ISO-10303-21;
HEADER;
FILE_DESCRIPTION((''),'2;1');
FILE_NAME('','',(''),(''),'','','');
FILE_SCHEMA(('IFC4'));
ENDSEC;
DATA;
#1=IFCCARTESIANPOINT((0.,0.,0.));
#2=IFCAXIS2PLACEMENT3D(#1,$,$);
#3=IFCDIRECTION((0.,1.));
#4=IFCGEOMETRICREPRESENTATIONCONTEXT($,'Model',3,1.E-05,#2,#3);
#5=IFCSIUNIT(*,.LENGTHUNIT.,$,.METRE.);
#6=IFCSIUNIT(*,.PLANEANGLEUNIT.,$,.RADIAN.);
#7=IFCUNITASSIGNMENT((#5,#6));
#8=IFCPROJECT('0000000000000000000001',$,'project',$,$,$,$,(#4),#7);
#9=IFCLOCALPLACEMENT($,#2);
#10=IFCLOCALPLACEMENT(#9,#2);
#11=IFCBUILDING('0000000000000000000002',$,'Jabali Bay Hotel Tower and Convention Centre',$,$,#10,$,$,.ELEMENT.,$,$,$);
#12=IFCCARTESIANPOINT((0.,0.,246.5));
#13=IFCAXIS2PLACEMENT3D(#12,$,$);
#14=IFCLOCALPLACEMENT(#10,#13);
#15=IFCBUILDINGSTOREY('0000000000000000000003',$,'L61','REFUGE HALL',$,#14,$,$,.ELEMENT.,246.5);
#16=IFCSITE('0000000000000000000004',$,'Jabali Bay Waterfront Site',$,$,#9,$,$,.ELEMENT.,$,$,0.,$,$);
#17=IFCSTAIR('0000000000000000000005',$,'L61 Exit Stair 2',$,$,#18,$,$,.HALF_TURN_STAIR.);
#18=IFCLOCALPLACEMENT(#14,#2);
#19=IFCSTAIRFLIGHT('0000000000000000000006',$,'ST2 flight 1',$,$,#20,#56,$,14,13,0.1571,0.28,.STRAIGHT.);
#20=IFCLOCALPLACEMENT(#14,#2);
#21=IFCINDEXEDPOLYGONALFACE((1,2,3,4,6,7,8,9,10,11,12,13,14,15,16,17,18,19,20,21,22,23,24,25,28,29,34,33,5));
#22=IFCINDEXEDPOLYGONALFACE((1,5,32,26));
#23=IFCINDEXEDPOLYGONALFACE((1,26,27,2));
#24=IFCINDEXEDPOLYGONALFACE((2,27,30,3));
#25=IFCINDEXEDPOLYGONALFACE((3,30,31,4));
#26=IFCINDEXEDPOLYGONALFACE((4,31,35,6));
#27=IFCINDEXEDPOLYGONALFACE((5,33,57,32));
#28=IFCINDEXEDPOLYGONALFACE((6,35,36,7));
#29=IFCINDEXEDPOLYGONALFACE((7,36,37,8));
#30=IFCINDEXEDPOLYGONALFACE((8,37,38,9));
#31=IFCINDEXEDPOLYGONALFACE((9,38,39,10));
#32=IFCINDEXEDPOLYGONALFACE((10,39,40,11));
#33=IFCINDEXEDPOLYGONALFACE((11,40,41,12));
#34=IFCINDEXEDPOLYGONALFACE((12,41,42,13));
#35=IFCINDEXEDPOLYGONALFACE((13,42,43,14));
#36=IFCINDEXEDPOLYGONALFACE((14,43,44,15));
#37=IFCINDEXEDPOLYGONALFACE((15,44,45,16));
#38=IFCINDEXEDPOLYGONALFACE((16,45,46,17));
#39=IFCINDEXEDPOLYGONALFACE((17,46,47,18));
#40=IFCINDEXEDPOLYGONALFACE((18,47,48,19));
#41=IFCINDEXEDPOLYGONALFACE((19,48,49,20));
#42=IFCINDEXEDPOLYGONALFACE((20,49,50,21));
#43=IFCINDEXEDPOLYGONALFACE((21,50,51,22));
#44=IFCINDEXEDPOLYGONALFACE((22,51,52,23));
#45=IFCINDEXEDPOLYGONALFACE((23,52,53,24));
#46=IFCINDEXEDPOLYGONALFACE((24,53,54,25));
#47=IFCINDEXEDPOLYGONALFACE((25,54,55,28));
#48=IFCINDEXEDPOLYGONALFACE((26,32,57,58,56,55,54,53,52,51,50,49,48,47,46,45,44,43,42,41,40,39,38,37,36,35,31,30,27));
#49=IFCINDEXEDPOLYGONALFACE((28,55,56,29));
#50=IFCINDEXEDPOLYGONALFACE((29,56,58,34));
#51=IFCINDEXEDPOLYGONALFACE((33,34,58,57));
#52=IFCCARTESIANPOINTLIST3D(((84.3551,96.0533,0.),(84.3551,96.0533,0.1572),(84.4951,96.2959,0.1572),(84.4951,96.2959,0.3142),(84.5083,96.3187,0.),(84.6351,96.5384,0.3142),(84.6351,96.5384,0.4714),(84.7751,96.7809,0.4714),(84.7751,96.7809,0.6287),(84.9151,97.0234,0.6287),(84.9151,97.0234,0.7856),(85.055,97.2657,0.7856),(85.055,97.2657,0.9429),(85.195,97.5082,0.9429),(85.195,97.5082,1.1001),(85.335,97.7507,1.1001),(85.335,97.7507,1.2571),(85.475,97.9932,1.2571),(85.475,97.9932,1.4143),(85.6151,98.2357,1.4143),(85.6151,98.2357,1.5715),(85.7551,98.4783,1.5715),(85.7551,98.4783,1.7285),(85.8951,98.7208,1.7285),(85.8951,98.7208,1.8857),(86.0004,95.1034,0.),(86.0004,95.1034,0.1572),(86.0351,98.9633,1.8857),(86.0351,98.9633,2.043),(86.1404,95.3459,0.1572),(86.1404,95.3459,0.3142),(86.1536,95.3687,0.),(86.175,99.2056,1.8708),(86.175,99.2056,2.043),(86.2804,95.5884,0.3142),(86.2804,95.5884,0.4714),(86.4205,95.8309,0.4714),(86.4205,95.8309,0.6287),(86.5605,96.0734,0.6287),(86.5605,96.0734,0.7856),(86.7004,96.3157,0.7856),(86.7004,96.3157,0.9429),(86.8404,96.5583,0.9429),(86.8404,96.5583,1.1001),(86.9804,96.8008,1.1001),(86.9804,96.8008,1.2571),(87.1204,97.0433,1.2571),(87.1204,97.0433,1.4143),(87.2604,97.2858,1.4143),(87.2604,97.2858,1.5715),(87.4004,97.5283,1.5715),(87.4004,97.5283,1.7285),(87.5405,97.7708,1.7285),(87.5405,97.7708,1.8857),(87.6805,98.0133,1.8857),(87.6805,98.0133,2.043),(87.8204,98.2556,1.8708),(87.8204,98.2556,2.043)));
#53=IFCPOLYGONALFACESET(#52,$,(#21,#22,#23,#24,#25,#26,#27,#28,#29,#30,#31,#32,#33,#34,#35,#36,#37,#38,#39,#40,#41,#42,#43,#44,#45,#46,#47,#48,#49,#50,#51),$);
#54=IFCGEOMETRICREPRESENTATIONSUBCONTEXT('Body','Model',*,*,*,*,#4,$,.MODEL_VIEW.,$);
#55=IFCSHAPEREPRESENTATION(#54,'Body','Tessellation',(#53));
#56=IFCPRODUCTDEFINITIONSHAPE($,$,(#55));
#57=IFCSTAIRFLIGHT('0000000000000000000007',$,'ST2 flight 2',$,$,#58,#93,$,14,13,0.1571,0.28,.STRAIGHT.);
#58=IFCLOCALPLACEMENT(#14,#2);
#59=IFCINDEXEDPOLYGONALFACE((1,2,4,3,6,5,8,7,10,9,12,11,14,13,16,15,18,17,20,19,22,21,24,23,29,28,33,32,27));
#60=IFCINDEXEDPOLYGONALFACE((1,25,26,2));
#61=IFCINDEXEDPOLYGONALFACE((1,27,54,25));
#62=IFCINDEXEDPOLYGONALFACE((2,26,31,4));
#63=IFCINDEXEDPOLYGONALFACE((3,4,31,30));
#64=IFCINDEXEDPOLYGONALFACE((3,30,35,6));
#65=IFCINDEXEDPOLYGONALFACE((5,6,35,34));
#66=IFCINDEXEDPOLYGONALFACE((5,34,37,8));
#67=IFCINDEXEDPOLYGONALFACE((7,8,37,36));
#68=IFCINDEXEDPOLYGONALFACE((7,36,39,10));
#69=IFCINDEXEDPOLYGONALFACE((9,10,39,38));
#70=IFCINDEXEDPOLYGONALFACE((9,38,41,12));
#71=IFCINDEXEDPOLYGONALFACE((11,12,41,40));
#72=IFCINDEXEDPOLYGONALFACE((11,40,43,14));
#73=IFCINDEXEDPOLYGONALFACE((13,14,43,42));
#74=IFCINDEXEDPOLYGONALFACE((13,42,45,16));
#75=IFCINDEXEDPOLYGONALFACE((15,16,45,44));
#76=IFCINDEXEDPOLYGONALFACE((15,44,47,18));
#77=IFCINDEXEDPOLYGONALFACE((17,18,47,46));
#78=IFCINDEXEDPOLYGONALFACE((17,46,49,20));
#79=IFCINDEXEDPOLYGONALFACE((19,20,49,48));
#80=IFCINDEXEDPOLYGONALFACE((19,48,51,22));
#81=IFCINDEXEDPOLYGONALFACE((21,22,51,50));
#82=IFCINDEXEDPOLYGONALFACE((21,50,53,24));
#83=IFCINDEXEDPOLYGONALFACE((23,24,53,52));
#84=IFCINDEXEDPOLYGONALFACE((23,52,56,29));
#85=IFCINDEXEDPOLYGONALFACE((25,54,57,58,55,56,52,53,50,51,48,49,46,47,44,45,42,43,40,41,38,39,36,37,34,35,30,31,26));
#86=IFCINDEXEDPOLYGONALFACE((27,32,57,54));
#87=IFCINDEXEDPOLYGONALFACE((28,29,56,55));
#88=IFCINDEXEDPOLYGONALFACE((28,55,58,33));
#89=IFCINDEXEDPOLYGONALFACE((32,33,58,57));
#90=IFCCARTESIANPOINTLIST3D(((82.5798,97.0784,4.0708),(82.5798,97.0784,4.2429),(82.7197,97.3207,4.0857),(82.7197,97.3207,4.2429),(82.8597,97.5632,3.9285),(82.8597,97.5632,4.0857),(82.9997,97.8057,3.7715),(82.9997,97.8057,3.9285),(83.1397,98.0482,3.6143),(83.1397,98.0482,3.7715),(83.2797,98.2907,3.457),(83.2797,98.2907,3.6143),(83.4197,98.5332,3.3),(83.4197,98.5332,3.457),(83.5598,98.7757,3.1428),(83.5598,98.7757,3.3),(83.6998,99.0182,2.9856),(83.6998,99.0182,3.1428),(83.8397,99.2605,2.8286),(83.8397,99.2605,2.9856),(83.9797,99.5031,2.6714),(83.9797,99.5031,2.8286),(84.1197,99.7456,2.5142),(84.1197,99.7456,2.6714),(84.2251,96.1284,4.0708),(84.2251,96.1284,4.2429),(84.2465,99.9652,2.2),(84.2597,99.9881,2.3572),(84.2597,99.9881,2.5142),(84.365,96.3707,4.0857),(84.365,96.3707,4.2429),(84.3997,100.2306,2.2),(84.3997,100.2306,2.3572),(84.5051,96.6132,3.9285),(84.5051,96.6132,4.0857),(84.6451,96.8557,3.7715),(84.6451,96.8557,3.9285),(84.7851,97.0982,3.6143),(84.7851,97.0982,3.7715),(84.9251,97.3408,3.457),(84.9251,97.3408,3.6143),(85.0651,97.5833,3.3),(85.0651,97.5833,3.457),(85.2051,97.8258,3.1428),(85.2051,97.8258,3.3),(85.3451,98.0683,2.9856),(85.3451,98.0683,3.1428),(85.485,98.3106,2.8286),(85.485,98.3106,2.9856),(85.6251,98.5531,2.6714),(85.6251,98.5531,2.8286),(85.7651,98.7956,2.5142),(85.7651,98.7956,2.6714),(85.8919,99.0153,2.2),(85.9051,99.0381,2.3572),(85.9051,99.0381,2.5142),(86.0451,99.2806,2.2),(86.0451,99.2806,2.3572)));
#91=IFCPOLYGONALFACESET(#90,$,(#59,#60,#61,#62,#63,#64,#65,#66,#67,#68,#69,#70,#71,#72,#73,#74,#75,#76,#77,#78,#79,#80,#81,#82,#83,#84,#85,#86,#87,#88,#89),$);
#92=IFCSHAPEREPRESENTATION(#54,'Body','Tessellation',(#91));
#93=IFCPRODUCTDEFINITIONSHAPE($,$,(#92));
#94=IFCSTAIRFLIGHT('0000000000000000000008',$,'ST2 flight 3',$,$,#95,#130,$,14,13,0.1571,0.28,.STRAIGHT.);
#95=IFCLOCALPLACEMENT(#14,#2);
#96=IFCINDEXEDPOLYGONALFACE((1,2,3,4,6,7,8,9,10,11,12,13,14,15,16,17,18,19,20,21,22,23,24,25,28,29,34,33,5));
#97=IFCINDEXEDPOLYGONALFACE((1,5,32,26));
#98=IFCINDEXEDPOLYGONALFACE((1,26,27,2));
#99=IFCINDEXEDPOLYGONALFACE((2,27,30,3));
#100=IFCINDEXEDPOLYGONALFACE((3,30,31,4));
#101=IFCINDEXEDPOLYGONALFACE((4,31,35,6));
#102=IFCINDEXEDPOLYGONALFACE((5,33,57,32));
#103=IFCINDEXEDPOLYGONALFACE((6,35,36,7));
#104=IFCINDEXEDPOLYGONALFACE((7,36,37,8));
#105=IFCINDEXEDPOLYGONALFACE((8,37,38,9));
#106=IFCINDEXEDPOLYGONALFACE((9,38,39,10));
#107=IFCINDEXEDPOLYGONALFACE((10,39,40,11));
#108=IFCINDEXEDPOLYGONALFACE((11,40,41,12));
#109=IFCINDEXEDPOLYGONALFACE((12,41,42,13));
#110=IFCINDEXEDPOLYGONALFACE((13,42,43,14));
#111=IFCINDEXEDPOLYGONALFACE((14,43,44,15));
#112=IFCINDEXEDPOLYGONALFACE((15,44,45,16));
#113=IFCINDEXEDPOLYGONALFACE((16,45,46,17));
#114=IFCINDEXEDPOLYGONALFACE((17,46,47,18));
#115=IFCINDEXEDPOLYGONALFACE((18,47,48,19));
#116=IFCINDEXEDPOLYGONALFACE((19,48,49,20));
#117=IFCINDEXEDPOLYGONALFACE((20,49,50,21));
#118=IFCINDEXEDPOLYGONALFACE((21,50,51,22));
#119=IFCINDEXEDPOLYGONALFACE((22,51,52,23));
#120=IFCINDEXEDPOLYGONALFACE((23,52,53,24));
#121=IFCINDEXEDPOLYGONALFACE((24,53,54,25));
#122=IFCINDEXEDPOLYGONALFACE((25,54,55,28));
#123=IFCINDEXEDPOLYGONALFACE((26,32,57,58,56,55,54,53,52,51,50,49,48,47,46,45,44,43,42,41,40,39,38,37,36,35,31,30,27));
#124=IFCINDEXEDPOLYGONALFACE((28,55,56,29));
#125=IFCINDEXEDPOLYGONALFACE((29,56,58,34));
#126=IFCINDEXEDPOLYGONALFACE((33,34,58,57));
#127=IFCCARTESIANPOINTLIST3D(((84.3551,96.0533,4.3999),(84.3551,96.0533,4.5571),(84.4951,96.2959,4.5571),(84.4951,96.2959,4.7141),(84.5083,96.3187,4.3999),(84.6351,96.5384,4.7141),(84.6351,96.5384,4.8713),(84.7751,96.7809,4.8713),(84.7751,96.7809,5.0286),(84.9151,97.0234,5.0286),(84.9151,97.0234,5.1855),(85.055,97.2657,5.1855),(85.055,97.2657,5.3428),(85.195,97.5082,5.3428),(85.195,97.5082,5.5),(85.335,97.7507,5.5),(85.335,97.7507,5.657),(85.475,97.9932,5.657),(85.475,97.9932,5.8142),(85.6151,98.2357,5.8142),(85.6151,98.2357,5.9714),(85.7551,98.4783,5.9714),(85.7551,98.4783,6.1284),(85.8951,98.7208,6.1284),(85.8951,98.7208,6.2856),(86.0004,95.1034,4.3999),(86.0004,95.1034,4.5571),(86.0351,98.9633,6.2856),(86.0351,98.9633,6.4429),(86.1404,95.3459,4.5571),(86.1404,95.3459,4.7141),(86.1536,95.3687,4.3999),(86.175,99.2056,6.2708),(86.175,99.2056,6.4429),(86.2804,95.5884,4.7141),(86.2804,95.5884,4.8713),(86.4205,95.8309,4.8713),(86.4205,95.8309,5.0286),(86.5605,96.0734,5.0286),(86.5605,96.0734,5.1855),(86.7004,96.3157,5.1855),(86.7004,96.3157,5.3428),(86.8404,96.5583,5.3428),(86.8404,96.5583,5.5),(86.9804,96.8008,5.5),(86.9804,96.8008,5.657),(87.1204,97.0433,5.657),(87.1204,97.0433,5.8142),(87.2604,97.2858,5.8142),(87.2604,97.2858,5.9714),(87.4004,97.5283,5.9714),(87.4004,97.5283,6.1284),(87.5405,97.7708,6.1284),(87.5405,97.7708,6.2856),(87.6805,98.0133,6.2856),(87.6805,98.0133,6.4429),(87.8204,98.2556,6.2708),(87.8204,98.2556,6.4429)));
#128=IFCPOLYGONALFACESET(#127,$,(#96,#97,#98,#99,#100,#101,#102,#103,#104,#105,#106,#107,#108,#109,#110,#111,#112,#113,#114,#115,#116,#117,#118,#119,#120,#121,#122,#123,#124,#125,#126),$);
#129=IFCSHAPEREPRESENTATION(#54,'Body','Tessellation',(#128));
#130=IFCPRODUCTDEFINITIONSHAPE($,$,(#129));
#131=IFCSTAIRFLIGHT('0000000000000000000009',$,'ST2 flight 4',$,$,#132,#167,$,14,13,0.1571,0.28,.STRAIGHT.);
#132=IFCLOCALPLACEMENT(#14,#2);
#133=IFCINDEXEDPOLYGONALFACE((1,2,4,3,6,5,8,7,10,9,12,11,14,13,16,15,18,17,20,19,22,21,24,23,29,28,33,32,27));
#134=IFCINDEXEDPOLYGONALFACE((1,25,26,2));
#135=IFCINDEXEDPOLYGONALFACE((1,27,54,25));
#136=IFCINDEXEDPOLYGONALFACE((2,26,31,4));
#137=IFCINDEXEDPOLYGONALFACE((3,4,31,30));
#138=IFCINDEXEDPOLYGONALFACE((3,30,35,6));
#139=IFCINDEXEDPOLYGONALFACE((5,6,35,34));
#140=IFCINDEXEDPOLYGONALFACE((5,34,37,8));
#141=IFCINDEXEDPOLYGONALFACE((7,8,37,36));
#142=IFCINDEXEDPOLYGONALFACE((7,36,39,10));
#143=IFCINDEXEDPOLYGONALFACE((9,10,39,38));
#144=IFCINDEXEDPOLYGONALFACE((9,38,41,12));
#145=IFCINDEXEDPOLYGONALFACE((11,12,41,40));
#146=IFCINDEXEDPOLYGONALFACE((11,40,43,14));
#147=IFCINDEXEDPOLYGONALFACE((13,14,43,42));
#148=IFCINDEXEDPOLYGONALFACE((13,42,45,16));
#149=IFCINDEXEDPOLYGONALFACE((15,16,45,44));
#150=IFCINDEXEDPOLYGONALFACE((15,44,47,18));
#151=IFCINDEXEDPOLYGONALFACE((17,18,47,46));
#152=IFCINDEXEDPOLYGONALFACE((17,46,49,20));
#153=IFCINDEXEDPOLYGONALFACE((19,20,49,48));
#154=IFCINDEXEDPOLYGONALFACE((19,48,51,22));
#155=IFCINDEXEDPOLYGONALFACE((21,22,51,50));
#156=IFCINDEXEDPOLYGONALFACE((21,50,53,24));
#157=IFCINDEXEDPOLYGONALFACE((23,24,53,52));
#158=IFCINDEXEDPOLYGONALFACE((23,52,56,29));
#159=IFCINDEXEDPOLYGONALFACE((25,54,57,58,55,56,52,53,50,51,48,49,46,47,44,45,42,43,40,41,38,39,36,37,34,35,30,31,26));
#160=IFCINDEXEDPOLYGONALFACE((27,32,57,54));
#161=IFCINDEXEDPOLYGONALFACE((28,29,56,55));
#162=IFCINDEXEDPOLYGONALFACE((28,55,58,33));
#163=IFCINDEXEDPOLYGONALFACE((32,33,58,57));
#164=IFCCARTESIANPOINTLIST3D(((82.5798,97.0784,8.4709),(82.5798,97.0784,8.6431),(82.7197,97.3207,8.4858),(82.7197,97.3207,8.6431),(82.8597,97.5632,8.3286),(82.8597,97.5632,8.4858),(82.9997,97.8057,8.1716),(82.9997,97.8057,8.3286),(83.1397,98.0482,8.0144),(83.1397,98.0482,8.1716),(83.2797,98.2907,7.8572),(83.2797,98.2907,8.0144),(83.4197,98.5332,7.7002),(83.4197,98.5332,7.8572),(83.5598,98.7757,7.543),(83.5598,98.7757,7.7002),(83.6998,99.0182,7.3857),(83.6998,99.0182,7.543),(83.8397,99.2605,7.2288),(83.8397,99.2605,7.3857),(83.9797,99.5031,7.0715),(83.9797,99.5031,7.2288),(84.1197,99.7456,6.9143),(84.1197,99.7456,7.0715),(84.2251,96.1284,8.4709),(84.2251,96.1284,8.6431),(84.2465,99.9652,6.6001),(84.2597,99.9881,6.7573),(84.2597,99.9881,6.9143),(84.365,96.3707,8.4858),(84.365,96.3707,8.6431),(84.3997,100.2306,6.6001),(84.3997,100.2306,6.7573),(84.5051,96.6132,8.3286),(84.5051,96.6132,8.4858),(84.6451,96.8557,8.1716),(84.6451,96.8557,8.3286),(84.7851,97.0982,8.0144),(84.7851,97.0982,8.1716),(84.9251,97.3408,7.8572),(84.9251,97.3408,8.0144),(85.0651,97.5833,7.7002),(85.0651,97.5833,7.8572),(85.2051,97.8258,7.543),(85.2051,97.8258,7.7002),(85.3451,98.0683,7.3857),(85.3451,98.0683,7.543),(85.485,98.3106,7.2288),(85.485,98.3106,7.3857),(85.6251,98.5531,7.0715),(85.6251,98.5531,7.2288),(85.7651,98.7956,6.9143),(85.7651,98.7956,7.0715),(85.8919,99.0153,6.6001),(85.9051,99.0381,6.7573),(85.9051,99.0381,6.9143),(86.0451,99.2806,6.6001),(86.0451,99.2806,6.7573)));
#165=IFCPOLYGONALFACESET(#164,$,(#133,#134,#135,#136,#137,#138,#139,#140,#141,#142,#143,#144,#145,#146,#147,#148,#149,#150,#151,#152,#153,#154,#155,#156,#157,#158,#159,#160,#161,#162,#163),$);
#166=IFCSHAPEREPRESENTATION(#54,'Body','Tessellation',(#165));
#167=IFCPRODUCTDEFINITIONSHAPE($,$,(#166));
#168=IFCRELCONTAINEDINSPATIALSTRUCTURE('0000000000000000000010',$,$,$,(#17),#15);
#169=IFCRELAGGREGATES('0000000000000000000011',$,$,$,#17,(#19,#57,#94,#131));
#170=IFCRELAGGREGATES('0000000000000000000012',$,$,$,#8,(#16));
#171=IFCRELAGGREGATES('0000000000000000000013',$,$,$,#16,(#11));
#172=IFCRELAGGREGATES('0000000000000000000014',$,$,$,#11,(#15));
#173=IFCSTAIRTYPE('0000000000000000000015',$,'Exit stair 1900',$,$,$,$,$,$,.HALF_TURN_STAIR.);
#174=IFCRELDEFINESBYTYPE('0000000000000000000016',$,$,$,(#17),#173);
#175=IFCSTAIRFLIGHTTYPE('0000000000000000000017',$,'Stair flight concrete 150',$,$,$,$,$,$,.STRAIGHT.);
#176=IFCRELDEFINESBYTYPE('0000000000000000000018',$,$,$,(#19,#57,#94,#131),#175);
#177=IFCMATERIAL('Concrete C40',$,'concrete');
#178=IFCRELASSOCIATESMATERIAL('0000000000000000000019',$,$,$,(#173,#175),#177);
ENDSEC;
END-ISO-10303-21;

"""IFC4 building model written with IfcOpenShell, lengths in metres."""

from ifc_helpers import new_model, si_unit, direction, frame, origin, place, context, subcontext, project, spatial, polyline, outline, extrude, material, type_object, element, aggregate, save


model = new_model("IFC4")

# Units and contexts
model_context = context("Model", 3, precision=1e-05, world=origin(), true_north=direction((0.0, 1.0)))
body_context = subcontext(model_context, "Body", "Model", "MODEL_VIEW")
ifc_project = project(units=[si_unit("LENGTHUNIT", "METRE"), si_unit("PLANEANGLEUNIT", "RADIAN")], contexts=[model_context])

# Site, building, storey
site_placement = place(None, origin())
site = spatial("IfcSite", under=ifc_project, at=site_placement, Name="Jabali Bay Waterfront Site", CompositionType="ELEMENT", RefElevation=0.0)
building_placement = place(site_placement, origin())
building = spatial("IfcBuilding", under=site, at=building_placement, Name="Jabali Bay Hotel Tower and Convention Centre", CompositionType="ELEMENT")
storey_placement = place(building_placement, frame((0.0, 0.0, 246.5)))
storey = spatial("IfcBuildingStorey", under=building, at=storey_placement, Name="L61", Description="REFUGE HALL", CompositionType="ELEMENT", Elevation=246.5)

# Shared definitions
ifc_material_1 = material(Name="Concrete C40", Category="concrete")

# Stair, stair flights
stair_type = type_object("IfcStairType", Name="Exit stair 1900", PredefinedType="HALF_TURN_STAIR", material=ifc_material_1)
stair_placement = place(storey_placement, origin())
stair = element("IfcStair", 1, at=stair_placement, inside=storey, type_object=stair_type, Name="L61 Exit Stair 2", PredefinedType="HALF_TURN_STAIR")
stair_flight_type = type_object("IfcStairFlightType", Name="Stair flight concrete 150", PredefinedType="STRAIGHT", material=ifc_material_1)
stair_flight_1_placement = place(storey_placement, frame((85.1777, 95.5784, 0.0), z_axis=(0.0, 0.0, 1.0), x_axis=(0.5, 0.866025, 0.0)))
stair_flight_1 = element("IfcStairFlight", 2, at=stair_flight_1_placement, type_object=stair_flight_type, Name="ST2 flight 1", NumberOfRisers=14, NumberOfTreads=13, PredefinedType="STRAIGHT", RiserHeight=0.1571, TreadLength=0.28, context=body_context, shape_type="SweptSolid", body=[
    extrude(outline(polyline([(0.0, 0.0), (0.0, 0.1572), (0.28, 0.1572), (0.28, 0.3142), (0.5601, 0.3142), (0.5601, 0.4714), (0.8401, 0.4714), (0.8401, 0.6287), (1.1201, 0.6287), (1.1201, 0.7856), (1.3999, 0.7856), (1.3999, 0.9429), (1.6799, 0.9429), (1.6799, 1.1001), (1.96, 1.1001), (1.96, 1.2571), (2.24, 1.2571), (2.24, 1.4143), (2.52, 1.4143), (2.52, 1.5715), (2.8, 1.5715), (2.8, 1.7285), (3.0801, 1.7285), (3.0801, 1.8857), (3.3601, 1.8857), (3.3601, 2.043), (3.6399, 2.043), (3.6399, 2.2), (3.6399, 1.8708), (0.3064, 0.0), (0.0, 0.0)])), frame((0.0, 0.95, 0.0), z_axis=(0.0, -1.0, 0.0), x_axis=(1.0, 0.0, 0.0)), (0.0, 0.0, 1.0), 1.8999),
])
stair_flight_2_placement = place(storey_placement, frame((85.2224, 99.7556, 2.2), z_axis=(0.0, 0.0, 1.0), x_axis=(-0.5, -0.866025, 0.0)))
stair_flight_2 = element("IfcStairFlight", 3, at=stair_flight_2_placement, type_object=stair_flight_type, Name="ST2 flight 2", NumberOfRisers=14, NumberOfTreads=13, PredefinedType="STRAIGHT", RiserHeight=0.1571, TreadLength=0.28, context=body_context, shape_type="SweptSolid", body=[
    extrude(outline(polyline([(0.0, 0.0), (0.0, 0.1572), (0.28, 0.1572), (0.28, 0.3142), (0.5601, 0.3142), (0.5601, 0.4714), (0.8401, 0.4714), (0.8401, 0.6287), (1.1201, 0.6287), (1.1201, 0.7856), (1.3999, 0.7856), (1.3999, 0.9429), (1.6799, 0.9429), (1.6799, 1.1001), (1.96, 1.1001), (1.96, 1.2571), (2.24, 1.2571), (2.24, 1.4143), (2.52, 1.4143), (2.52, 1.5715), (2.8, 1.5715), (2.8, 1.7285), (3.0801, 1.7285), (3.0801, 1.8857), (3.3601, 1.8857), (3.3601, 2.043), (3.6399, 2.043), (3.6399, 2.2), (3.6399, 1.8708), (0.3064, 0.0), (0.0, 0.0)])), frame((0.0, 0.95, 0.0), z_axis=(0.0, -1.0, 0.0), x_axis=(1.0, 0.0, 0.0)), (0.0, 0.0, 1.0), 1.8999),
])
stair_flight_3_placement = place(storey_placement, frame((85.1777, 95.5784, 4.3999), z_axis=(0.0, 0.0, 1.0), x_axis=(0.5, 0.866025, 0.0)))
stair_flight_3 = element("IfcStairFlight", 4, at=stair_flight_3_placement, type_object=stair_flight_type, Name="ST2 flight 3", NumberOfRisers=14, NumberOfTreads=13, PredefinedType="STRAIGHT", RiserHeight=0.1571, TreadLength=0.28, context=body_context, shape_type="SweptSolid", body=[
    extrude(outline(polyline([(0.0, 0.0), (0.0, 0.1572), (0.28, 0.1572), (0.28, 0.3142), (0.5601, 0.3142), (0.5601, 0.4714), (0.8401, 0.4714), (0.8401, 0.6287), (1.1201, 0.6287), (1.1201, 0.7856), (1.3999, 0.7856), (1.3999, 0.9429), (1.6799, 0.9429), (1.6799, 1.1001), (1.96, 1.1001), (1.96, 1.2571), (2.24, 1.2571), (2.24, 1.4143), (2.52, 1.4143), (2.52, 1.5715), (2.8, 1.5715), (2.8, 1.7285), (3.0801, 1.7285), (3.0801, 1.8857), (3.3601, 1.8857), (3.3601, 2.043), (3.6399, 2.043), (3.6399, 2.2), (3.6399, 1.8708), (0.3064, 0.0), (0.0, 0.0)])), frame((0.0, 0.95, 0.0), z_axis=(0.0, -1.0, 0.0), x_axis=(1.0, 0.0, 0.0)), (0.0, 0.0, 1.0), 1.8999),
])
stair_flight_4_placement = place(storey_placement, frame((85.2224, 99.7556, 6.6001), z_axis=(0.0, 0.0, 1.0), x_axis=(-0.5, -0.866025, 0.0)))
stair_flight_4 = element("IfcStairFlight", 5, at=stair_flight_4_placement, type_object=stair_flight_type, Name="ST2 flight 4", NumberOfRisers=14, NumberOfTreads=13, PredefinedType="STRAIGHT", RiserHeight=0.1571, TreadLength=0.28, context=body_context, shape_type="SweptSolid", body=[
    extrude(outline(polyline([(0.0, 0.0), (0.0, 0.1572), (0.28, 0.1572), (0.28, 0.3142), (0.5601, 0.3142), (0.5601, 0.4714), (0.8401, 0.4714), (0.8401, 0.6287), (1.1201, 0.6287), (1.1201, 0.7856), (1.3999, 0.7856), (1.3999, 0.9429), (1.6799, 0.9429), (1.6799, 1.1001), (1.96, 1.1001), (1.96, 1.2571), (2.24, 1.2571), (2.24, 1.4143), (2.52, 1.4143), (2.52, 1.5715), (2.8, 1.5715), (2.8, 1.7285), (3.0801, 1.7285), (3.0801, 1.8857), (3.3601, 1.8857), (3.3601, 2.043), (3.6399, 2.043), (3.6399, 2.2), (3.6399, 1.8708), (0.3064, 0.0), (0.0, 0.0)])), frame((0.0, 0.95, 0.0), z_axis=(0.0, -1.0, 0.0), x_axis=(1.0, 0.0, 0.0)), (0.0, 0.0, 1.0), 1.8999),
])
aggregate(stair, [stair_flight_1, stair_flight_2, stair_flight_3, stair_flight_4])

save(model, "model.ifc")
